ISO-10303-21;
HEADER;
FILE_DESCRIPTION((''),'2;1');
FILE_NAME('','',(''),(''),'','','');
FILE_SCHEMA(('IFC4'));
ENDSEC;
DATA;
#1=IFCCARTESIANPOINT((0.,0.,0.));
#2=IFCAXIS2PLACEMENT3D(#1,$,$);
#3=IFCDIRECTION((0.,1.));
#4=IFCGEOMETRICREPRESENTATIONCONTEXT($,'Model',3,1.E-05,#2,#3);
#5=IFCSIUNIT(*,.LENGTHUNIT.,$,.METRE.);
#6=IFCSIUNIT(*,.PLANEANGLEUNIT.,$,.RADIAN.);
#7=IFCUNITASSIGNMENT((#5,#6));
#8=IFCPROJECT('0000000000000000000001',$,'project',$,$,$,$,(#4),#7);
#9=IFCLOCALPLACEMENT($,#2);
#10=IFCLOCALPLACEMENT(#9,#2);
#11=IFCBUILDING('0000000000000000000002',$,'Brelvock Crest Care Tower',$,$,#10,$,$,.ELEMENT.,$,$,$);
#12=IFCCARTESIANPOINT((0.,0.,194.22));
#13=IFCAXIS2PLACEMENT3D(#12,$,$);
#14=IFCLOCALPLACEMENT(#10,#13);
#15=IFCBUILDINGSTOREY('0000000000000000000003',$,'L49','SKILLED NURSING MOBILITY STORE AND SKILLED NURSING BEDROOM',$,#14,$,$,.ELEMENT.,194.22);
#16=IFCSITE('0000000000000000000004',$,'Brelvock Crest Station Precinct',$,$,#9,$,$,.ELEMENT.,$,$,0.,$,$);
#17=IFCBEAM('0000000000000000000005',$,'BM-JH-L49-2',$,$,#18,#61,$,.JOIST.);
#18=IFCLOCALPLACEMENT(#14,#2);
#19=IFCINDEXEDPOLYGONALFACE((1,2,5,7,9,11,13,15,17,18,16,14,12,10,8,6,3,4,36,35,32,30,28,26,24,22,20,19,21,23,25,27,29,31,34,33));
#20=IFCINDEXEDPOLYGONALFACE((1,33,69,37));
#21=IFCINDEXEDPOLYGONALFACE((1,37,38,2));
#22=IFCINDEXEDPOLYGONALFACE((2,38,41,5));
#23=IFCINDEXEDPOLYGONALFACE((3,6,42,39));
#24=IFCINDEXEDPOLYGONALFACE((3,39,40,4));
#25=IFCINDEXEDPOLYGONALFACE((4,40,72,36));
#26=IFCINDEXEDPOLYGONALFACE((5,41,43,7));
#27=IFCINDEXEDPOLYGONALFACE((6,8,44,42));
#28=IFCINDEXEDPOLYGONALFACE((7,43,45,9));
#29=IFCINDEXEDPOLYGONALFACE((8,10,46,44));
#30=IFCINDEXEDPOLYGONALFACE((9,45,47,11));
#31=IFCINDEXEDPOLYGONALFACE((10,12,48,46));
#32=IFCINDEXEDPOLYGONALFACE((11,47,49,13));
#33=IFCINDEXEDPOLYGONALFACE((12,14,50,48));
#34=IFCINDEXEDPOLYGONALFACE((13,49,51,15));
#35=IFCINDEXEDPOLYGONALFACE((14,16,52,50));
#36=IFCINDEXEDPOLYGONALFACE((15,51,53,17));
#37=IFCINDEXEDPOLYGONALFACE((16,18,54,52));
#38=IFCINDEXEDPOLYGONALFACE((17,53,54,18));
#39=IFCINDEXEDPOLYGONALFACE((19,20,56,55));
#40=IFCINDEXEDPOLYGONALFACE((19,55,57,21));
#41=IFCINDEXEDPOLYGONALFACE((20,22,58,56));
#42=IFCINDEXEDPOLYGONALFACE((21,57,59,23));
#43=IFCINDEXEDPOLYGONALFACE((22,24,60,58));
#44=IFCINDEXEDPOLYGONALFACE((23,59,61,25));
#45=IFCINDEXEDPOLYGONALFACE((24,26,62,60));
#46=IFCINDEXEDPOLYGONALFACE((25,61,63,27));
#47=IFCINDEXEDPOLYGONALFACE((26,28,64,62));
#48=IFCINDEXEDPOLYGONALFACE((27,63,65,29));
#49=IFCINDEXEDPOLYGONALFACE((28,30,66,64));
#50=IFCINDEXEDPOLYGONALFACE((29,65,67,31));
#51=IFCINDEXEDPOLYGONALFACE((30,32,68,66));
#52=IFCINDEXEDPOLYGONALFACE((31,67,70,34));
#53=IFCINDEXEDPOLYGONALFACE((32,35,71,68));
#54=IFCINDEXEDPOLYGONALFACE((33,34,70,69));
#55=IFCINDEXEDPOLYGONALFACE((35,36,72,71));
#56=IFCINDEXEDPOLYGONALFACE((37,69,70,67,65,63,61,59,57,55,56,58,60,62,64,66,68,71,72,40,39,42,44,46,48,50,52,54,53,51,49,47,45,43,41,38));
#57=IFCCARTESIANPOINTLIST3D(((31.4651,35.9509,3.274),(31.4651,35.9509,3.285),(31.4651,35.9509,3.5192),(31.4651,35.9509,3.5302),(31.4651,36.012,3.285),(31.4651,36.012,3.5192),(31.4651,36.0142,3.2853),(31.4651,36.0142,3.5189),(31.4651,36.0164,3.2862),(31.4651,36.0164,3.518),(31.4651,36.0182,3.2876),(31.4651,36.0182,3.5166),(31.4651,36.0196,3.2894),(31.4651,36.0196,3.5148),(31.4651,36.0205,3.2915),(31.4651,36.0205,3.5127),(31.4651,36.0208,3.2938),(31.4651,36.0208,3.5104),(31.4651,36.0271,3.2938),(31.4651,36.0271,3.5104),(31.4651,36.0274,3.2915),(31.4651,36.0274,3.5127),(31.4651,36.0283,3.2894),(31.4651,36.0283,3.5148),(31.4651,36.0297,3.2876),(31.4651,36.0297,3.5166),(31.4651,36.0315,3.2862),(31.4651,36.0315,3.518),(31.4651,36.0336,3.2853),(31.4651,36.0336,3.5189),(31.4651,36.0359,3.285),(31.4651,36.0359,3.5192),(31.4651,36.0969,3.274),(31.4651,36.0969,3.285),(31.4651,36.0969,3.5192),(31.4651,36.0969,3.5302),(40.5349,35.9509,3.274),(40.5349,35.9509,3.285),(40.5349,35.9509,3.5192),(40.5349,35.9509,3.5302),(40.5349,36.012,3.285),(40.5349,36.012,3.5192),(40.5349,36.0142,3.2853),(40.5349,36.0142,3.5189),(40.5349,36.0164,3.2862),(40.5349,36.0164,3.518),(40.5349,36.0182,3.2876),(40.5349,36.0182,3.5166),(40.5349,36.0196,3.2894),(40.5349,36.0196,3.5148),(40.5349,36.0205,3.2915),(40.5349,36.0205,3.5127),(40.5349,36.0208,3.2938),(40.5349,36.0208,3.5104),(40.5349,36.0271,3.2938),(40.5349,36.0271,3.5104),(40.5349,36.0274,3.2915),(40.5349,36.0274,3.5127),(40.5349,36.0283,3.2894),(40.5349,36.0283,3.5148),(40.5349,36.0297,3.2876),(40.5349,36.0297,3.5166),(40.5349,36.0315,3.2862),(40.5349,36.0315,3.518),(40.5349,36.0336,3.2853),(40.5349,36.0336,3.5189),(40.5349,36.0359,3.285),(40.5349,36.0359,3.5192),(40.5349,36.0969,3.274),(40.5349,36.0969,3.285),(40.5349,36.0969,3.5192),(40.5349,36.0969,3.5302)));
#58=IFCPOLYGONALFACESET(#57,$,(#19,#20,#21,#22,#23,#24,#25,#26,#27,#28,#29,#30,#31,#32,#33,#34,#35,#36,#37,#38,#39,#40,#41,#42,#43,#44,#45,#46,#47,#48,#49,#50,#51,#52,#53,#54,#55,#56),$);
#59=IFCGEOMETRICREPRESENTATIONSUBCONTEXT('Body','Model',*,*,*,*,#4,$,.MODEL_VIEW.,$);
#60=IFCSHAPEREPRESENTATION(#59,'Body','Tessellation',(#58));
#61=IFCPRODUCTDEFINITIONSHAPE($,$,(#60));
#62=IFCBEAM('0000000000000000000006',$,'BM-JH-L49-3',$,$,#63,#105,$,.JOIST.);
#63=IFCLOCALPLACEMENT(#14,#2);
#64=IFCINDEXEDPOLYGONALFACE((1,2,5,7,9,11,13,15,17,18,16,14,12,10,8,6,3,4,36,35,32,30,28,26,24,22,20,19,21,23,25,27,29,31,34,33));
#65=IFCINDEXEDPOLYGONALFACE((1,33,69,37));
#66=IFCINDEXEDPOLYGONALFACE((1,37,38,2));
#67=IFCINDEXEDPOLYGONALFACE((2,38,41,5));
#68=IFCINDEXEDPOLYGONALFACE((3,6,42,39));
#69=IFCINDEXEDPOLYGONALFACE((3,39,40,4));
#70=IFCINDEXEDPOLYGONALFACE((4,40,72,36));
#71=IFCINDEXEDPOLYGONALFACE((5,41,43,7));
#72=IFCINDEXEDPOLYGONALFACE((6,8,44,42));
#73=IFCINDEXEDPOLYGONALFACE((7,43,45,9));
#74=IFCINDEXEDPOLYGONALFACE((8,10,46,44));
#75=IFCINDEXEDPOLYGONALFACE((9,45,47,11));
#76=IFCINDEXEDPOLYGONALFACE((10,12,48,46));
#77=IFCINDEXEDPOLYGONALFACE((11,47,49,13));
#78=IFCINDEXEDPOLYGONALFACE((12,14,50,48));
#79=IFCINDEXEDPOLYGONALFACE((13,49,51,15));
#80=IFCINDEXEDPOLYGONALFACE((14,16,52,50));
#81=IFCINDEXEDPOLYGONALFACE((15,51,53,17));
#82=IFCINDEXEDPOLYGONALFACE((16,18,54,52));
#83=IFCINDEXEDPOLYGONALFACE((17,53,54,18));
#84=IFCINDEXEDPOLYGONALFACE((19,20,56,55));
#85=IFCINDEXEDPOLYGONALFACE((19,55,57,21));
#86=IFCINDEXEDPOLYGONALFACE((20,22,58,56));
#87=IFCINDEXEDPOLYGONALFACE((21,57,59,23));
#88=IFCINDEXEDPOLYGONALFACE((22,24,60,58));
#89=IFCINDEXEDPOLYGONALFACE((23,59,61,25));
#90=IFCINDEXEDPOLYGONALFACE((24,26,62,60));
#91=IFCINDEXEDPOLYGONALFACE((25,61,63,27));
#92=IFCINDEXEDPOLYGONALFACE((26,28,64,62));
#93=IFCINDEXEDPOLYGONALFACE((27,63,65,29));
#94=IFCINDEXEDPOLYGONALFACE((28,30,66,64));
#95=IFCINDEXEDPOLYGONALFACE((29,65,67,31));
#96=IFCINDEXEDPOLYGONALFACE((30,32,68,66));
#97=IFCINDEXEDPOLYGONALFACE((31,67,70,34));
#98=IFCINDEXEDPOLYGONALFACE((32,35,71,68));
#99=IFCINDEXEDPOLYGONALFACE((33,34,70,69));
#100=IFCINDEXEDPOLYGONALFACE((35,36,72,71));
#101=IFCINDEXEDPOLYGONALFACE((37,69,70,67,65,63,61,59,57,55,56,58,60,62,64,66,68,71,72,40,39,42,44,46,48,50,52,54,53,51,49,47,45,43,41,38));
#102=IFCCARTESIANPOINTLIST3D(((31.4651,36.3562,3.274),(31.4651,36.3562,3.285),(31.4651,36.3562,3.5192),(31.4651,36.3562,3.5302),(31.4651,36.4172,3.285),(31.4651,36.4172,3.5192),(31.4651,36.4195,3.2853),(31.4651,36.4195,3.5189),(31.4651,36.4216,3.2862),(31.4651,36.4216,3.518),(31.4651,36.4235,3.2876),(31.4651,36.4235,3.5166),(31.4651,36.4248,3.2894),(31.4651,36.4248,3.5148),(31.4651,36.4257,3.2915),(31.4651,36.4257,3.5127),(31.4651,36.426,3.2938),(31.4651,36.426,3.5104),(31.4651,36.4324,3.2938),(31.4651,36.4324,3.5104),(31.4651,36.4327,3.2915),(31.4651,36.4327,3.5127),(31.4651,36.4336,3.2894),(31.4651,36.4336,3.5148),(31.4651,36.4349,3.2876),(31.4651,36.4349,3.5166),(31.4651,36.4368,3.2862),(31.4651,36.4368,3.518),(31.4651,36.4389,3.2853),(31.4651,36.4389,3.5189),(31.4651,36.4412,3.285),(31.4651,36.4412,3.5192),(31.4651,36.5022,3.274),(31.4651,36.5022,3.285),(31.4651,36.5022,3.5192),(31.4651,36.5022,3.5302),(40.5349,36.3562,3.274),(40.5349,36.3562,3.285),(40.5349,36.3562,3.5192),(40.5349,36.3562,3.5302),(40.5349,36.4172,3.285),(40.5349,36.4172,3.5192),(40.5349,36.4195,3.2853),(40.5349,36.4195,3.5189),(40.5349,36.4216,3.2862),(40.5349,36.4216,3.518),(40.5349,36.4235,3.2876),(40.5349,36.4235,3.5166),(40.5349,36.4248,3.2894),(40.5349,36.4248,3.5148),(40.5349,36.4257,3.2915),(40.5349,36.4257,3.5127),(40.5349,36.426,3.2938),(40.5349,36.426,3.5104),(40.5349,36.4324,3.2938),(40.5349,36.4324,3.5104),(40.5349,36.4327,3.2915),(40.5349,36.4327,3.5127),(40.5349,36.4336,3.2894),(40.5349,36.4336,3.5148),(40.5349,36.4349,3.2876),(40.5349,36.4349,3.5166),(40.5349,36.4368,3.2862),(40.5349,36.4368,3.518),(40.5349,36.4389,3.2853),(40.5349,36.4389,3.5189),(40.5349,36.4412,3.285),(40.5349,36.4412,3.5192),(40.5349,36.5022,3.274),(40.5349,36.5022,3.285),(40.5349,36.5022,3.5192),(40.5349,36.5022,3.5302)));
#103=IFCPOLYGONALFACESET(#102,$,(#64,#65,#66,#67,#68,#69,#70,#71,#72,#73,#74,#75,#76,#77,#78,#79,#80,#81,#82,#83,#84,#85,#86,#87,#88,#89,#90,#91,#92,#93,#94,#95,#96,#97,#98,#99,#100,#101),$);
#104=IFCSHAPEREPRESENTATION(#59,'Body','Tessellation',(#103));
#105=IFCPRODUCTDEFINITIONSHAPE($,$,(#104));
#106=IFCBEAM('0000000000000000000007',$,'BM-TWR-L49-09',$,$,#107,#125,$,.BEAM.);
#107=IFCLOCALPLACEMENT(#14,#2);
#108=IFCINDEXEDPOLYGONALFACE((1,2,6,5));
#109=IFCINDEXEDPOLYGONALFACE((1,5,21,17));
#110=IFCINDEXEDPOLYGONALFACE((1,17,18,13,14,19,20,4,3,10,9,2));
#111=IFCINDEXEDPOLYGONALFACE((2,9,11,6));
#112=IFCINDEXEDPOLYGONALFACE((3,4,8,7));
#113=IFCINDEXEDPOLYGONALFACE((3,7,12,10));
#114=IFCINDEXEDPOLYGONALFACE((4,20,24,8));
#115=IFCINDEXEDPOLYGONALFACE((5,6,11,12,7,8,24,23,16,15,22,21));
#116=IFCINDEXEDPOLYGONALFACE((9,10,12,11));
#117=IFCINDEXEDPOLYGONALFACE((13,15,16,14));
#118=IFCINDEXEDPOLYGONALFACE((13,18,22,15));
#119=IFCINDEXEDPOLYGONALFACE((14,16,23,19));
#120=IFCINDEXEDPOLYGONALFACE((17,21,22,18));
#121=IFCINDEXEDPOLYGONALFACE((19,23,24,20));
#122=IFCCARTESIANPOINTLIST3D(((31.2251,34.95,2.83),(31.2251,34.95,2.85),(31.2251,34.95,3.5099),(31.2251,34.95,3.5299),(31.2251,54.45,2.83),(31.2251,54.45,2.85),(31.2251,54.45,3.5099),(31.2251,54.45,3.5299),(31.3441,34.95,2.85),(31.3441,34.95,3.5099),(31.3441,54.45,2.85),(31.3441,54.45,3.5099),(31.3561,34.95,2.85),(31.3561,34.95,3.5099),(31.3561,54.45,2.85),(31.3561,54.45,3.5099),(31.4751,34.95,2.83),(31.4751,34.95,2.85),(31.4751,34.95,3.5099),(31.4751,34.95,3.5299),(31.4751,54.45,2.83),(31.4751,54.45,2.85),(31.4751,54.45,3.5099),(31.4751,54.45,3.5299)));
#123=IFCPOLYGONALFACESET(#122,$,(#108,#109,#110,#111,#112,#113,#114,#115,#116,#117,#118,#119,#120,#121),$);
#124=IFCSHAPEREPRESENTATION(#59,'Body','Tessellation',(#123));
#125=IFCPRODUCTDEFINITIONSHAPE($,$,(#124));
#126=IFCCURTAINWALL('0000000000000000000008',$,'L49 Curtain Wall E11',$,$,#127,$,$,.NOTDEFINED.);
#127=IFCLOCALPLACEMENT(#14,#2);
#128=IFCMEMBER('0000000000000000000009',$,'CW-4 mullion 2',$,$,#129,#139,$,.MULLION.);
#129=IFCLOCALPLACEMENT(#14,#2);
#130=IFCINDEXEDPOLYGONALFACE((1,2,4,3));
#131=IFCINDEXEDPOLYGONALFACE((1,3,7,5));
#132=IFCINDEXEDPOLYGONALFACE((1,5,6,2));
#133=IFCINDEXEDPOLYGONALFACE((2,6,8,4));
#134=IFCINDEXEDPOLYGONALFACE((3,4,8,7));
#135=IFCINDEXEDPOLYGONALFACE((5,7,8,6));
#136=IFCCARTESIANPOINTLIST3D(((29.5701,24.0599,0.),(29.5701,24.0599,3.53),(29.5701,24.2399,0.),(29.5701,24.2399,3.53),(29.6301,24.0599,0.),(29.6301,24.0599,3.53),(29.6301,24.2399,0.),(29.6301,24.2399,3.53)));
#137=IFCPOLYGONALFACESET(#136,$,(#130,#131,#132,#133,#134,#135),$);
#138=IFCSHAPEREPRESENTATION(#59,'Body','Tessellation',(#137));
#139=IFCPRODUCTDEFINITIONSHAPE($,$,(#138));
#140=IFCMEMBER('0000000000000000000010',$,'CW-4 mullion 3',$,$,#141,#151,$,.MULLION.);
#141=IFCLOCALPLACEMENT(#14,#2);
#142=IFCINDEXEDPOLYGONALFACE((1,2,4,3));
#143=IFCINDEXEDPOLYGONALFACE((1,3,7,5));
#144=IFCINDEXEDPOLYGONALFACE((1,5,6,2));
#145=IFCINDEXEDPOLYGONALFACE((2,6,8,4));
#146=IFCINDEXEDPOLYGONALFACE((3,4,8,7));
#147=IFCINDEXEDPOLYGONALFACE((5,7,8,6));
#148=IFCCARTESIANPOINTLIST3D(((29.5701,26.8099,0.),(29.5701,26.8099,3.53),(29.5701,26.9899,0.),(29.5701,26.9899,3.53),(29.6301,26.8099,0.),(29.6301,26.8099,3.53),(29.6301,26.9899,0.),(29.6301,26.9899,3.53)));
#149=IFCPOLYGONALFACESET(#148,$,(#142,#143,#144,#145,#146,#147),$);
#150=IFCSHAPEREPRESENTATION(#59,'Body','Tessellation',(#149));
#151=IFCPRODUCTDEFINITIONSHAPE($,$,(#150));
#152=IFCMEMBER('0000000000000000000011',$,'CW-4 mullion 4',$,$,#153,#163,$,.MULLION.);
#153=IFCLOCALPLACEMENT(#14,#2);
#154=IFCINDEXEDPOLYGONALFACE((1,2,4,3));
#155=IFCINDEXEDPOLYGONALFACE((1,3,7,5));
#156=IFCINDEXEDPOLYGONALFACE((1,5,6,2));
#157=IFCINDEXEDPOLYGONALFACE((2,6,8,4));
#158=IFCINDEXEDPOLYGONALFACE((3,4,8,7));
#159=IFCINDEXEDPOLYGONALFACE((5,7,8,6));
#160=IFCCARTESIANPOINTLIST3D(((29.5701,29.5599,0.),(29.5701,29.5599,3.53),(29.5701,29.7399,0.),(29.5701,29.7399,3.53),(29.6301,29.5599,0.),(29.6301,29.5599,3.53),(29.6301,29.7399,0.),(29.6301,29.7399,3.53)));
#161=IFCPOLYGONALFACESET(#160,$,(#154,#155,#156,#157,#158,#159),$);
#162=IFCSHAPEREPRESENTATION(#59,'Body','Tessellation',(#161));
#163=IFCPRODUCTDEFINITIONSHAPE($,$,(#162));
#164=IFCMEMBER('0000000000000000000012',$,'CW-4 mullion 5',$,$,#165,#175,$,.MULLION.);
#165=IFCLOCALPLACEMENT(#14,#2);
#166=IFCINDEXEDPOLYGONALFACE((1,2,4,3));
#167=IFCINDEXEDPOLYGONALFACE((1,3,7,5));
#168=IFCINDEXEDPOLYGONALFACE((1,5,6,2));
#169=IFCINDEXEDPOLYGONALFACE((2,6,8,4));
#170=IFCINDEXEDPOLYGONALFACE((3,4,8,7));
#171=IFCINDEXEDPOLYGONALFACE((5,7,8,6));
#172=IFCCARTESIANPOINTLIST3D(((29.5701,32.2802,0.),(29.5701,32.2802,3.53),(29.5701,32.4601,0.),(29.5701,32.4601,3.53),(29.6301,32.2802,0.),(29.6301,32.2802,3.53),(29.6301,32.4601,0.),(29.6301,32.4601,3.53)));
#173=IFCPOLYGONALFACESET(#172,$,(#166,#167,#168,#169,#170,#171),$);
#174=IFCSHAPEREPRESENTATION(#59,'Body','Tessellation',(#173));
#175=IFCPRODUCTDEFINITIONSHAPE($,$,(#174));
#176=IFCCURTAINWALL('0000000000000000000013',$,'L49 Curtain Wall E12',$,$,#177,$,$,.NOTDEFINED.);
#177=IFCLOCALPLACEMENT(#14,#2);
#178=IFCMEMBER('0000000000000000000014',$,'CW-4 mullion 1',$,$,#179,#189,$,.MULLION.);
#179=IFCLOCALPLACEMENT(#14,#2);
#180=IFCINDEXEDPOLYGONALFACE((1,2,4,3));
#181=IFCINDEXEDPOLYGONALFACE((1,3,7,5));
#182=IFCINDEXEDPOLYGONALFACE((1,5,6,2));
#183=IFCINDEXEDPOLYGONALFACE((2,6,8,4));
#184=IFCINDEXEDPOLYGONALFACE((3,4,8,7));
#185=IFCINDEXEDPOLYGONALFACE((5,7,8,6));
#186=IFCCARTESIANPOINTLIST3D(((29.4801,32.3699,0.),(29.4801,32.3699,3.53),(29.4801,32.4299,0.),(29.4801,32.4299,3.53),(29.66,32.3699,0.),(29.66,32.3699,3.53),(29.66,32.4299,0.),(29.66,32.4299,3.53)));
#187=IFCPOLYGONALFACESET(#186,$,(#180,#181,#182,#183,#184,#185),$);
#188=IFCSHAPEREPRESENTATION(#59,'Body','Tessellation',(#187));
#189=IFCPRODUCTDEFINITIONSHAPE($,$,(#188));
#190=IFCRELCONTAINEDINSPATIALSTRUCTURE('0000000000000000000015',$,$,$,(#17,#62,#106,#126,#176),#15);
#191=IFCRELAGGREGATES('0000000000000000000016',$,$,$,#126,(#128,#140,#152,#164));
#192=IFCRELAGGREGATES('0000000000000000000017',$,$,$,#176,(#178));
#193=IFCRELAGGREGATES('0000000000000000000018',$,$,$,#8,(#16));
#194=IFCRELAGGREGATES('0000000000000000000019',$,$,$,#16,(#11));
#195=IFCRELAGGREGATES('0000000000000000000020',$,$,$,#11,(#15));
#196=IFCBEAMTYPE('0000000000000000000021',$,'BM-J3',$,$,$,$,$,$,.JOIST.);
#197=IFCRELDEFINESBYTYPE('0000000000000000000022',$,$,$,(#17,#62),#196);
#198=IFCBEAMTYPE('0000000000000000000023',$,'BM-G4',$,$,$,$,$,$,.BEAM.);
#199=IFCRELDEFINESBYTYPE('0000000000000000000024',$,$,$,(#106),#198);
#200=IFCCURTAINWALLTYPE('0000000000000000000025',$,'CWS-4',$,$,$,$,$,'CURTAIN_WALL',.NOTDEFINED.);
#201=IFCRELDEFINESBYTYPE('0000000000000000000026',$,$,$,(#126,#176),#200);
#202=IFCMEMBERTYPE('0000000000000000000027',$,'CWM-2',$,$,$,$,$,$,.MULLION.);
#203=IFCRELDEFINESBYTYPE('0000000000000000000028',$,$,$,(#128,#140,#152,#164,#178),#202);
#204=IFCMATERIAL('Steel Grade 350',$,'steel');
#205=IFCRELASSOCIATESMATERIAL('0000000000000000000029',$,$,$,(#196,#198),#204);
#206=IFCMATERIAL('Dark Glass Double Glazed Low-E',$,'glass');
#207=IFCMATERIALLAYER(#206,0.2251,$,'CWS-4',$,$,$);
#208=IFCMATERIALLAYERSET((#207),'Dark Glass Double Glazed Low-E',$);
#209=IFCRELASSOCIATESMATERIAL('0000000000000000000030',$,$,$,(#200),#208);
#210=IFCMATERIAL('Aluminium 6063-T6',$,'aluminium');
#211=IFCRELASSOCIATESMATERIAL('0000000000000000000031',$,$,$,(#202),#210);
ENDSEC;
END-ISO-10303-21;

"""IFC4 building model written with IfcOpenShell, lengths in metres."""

from ifc_helpers import new_model, si_unit, direction, frame, origin, origin_2d, place, context, subcontext, project, spatial, rectangle, i_section, extrude, source, transform, mapped, material, layer, layer_set, material_profile, profile_set, type_object, element, aggregate, save


model = new_model("IFC4")

# Units and contexts
model_context = context("Model", 3, precision=1e-05, world=origin(), true_north=direction((0.0, 1.0)))
body_context = subcontext(model_context, "Body", "Model", "MODEL_VIEW")
ifc_project = project(units=[si_unit("LENGTHUNIT", "METRE"), si_unit("PLANEANGLEUNIT", "RADIAN")], contexts=[model_context])

# Site, building, storey
site_placement = place(None, origin())
site = spatial("IfcSite", under=ifc_project, at=site_placement, Name="Brelvock Crest Station Precinct", CompositionType="ELEMENT", RefElevation=0.0)
building_placement = place(site_placement, origin())
building = spatial("IfcBuilding", under=site, at=building_placement, Name="Brelvock Crest Care Tower", CompositionType="ELEMENT")
storey_placement = place(building_placement, frame((0.0, 0.0, 194.22)))
storey = spatial("IfcBuildingStorey", under=building, at=storey_placement, Name="L49", Description="SKILLED NURSING MOBILITY STORE AND SKILLED NURSING BEDROOM", CompositionType="ELEMENT", Elevation=194.22)

# Shared definitions
ifc_material_1 = material(Name="Steel Grade 350", Category="steel")

# Beams
ifc_material_profile_1 = material_profile(ifc_material_1, i_section(OverallWidth=0.146, OverallDepth=0.2561, WebThickness=0.0063, FlangeThickness=0.011, FilletRadius=0.0088, at=origin_2d()), Name="250UB37.3")
ifc_profile_set_1 = profile_set([ifc_material_profile_1], Name="Steel Grade 350")
beam_type_1 = type_object("IfcBeamType", Name="BM-J3", PredefinedType="JOIST", material=ifc_profile_set_1)
shared_shape_1 = source(origin(), body_context, "Body", "SweptSolid", [
    extrude(i_section(OverallWidth=0.146, OverallDepth=0.2561, WebThickness=0.0063, FlangeThickness=0.011, FilletRadius=0.0088, at=origin_2d()), origin(), (0.0, 0.0, 1.0), 9.0698),
])
for number, where, z_axis, x_axis, name in (
    (1, (31.4651, 36.0239, 3.4021), (1.0, 0.0, 0.0), (0.0, 1.0, 0.0), "BM-JH-L49-2"),
    (2, (31.4651, 36.4292, 3.4021), (1.0, 0.0, 0.0), (0.0, 1.0, 0.0), "BM-JH-L49-3"),
):
    element("IfcBeam", number, at=place(storey_placement, frame(where, z_axis=z_axis, x_axis=x_axis)), inside=storey, type_object=beam_type_1, Name=name, PredefinedType="JOIST", context=body_context, shape_type="MappedRepresentation", body=[
        mapped(shared_shape_1, transform((0.0, 0.0, 0.0), x_axis=(1.0, 0.0, 0.0), y_axis=(0.0, 1.0, 0.0), z_axis=(0.0, 0.0, 1.0), scale=1.0)),
    ])
ifc_material_profile_2 = material_profile(ifc_material_1, i_section(OverallWidth=0.25, OverallDepth=0.7, WebThickness=0.012, FlangeThickness=0.02, at=origin_2d()), Name="700WB150")
ifc_profile_set_2 = profile_set([ifc_material_profile_2], Name="Steel Grade 350")
beam_type_2 = type_object("IfcBeamType", Name="BM-G4", PredefinedType="BEAM", material=ifc_profile_set_2)
shared_shape_2 = source(origin(), body_context, "Body", "SweptSolid", [
    extrude(i_section(OverallWidth=0.25, OverallDepth=0.7, WebThickness=0.012, FlangeThickness=0.02, at=origin_2d()), origin(), (0.0, 0.0, 1.0), 19.5),
])
beam_1_placement = place(storey_placement, frame((31.3501, 34.95, 3.1799), z_axis=(0.0, 1.0, 0.0), x_axis=(-1.0, 0.0, 0.0)))
element("IfcBeam", 3, at=beam_1_placement, inside=storey, type_object=beam_type_2, Name="BM-TWR-L49-09", PredefinedType="BEAM", context=body_context, shape_type="MappedRepresentation", body=[
    mapped(shared_shape_2, transform((0.0, 0.0, 0.0), x_axis=(1.0, 0.0, 0.0), y_axis=(0.0, 1.0, 0.0), z_axis=(0.0, 0.0, 1.0), scale=1.0)),
])

# Curtain wall, members
ifc_material_2 = material(Name="Dark Glass Double Glazed Low-E", Category="glass")
ifc_layer_1 = layer(ifc_material_2, 0.2251, Name="CWS-4")
ifc_layer_set_1 = layer_set([ifc_layer_1], Name="Dark Glass Double Glazed Low-E")
curtain_wall_type = type_object("IfcCurtainWallType", Name="CWS-4", ElementType="CURTAIN_WALL", PredefinedType="NOTDEFINED", material=ifc_layer_set_1)
curtain_wall_1_placement = place(storey_placement, origin())
curtain_wall_1 = element("IfcCurtainWall", 4, at=curtain_wall_1_placement, inside=storey, type_object=curtain_wall_type, Name="L49 Curtain Wall E11", PredefinedType="NOTDEFINED")
ifc_material_3 = material(Name="Aluminium 6063-T6", Category="aluminium")
ifc_material_profile_3 = material_profile(ifc_material_3, rectangle(XDim=0.0601, YDim=0.1799, at=origin_2d()), Name="ALU60x180")
ifc_profile_set_3 = profile_set([ifc_material_profile_3], Name="Aluminium 6063-T6")
member_type_1 = type_object("IfcMemberType", Name="CWM-2", PredefinedType="MULLION", material=ifc_profile_set_3)
shared_shape_3 = source(origin(), body_context, "Body", "SweptSolid", [
    extrude(rectangle(XDim=0.0601, YDim=0.1799, at=origin_2d()), origin(), (0.0, 0.0, 1.0), 3.53),
])
member_1_placement = place(storey_placement, frame((29.6001, 24.1499, 0.0), z_axis=(0.0, 0.0, 1.0), x_axis=(-1.0, 0.0, 0.0)))
member_1 = element("IfcMember", 5, at=member_1_placement, type_object=member_type_1, Name="CW-4 mullion 2", PredefinedType="MULLION", context=body_context, shape_type="MappedRepresentation", body=[
    mapped(shared_shape_3, transform((0.0, 0.0, 0.0), x_axis=(1.0, 0.0, 0.0), y_axis=(0.0, 1.0, 0.0), z_axis=(0.0, 0.0, 1.0), scale=1.0)),
])
member_2_placement = place(storey_placement, frame((29.6001, 26.8999, 0.0), z_axis=(0.0, 0.0, 1.0), x_axis=(-1.0, 0.0, 0.0)))
member_2 = element("IfcMember", 6, at=member_2_placement, type_object=member_type_1, Name="CW-4 mullion 3", PredefinedType="MULLION", context=body_context, shape_type="MappedRepresentation", body=[
    mapped(shared_shape_3, transform((0.0, 0.0, 0.0), x_axis=(1.0, 0.0, 0.0), y_axis=(0.0, 1.0, 0.0), z_axis=(0.0, 0.0, 1.0), scale=1.0)),
])
member_3_placement = place(storey_placement, frame((29.6001, 29.6499, 0.0), z_axis=(0.0, 0.0, 1.0), x_axis=(-1.0, 0.0, 0.0)))
member_3 = element("IfcMember", 7, at=member_3_placement, type_object=member_type_1, Name="CW-4 mullion 4", PredefinedType="MULLION", context=body_context, shape_type="MappedRepresentation", body=[
    mapped(shared_shape_3, transform((0.0, 0.0, 0.0), x_axis=(1.0, 0.0, 0.0), y_axis=(0.0, 1.0, 0.0), z_axis=(0.0, 0.0, 1.0), scale=1.0)),
])
member_4_placement = place(storey_placement, frame((29.6001, 32.3701, 0.0), z_axis=(0.0, 0.0, 1.0), x_axis=(-1.0, 0.0, 0.0)))
member_4 = element("IfcMember", 8, at=member_4_placement, type_object=member_type_1, Name="CW-4 mullion 5", PredefinedType="MULLION", context=body_context, shape_type="MappedRepresentation", body=[
    mapped(shared_shape_3, transform((0.0, 0.0, 0.0), x_axis=(1.0, 0.0, 0.0), y_axis=(0.0, 1.0, 0.0), z_axis=(0.0, 0.0, 1.0), scale=1.0)),
])

# Curtain wall, member
curtain_wall_2_placement = place(storey_placement, origin())
curtain_wall_2 = element("IfcCurtainWall", 9, at=curtain_wall_2_placement, inside=storey, type_object=curtain_wall_type, Name="L49 Curtain Wall E12", PredefinedType="NOTDEFINED")
member_5_placement = place(storey_placement, frame((29.5701, 32.3999, 0.0), z_axis=(0.0, 0.0, 1.0), x_axis=(0.0, -1.0, 0.0)))
member_5 = element("IfcMember", 10, at=member_5_placement, type_object=member_type_1, Name="CW-4 mullion 1", PredefinedType="MULLION", context=body_context, shape_type="MappedRepresentation", body=[
    mapped(shared_shape_3, transform((0.0, 0.0, 0.0), x_axis=(1.0, 0.0, 0.0), y_axis=(0.0, 1.0, 0.0), z_axis=(0.0, 0.0, 1.0), scale=1.0)),
])

aggregate(curtain_wall_1, [member_1, member_2, member_3, member_4])
aggregate(curtain_wall_2, [member_5])

save(model, "model.ifc")
